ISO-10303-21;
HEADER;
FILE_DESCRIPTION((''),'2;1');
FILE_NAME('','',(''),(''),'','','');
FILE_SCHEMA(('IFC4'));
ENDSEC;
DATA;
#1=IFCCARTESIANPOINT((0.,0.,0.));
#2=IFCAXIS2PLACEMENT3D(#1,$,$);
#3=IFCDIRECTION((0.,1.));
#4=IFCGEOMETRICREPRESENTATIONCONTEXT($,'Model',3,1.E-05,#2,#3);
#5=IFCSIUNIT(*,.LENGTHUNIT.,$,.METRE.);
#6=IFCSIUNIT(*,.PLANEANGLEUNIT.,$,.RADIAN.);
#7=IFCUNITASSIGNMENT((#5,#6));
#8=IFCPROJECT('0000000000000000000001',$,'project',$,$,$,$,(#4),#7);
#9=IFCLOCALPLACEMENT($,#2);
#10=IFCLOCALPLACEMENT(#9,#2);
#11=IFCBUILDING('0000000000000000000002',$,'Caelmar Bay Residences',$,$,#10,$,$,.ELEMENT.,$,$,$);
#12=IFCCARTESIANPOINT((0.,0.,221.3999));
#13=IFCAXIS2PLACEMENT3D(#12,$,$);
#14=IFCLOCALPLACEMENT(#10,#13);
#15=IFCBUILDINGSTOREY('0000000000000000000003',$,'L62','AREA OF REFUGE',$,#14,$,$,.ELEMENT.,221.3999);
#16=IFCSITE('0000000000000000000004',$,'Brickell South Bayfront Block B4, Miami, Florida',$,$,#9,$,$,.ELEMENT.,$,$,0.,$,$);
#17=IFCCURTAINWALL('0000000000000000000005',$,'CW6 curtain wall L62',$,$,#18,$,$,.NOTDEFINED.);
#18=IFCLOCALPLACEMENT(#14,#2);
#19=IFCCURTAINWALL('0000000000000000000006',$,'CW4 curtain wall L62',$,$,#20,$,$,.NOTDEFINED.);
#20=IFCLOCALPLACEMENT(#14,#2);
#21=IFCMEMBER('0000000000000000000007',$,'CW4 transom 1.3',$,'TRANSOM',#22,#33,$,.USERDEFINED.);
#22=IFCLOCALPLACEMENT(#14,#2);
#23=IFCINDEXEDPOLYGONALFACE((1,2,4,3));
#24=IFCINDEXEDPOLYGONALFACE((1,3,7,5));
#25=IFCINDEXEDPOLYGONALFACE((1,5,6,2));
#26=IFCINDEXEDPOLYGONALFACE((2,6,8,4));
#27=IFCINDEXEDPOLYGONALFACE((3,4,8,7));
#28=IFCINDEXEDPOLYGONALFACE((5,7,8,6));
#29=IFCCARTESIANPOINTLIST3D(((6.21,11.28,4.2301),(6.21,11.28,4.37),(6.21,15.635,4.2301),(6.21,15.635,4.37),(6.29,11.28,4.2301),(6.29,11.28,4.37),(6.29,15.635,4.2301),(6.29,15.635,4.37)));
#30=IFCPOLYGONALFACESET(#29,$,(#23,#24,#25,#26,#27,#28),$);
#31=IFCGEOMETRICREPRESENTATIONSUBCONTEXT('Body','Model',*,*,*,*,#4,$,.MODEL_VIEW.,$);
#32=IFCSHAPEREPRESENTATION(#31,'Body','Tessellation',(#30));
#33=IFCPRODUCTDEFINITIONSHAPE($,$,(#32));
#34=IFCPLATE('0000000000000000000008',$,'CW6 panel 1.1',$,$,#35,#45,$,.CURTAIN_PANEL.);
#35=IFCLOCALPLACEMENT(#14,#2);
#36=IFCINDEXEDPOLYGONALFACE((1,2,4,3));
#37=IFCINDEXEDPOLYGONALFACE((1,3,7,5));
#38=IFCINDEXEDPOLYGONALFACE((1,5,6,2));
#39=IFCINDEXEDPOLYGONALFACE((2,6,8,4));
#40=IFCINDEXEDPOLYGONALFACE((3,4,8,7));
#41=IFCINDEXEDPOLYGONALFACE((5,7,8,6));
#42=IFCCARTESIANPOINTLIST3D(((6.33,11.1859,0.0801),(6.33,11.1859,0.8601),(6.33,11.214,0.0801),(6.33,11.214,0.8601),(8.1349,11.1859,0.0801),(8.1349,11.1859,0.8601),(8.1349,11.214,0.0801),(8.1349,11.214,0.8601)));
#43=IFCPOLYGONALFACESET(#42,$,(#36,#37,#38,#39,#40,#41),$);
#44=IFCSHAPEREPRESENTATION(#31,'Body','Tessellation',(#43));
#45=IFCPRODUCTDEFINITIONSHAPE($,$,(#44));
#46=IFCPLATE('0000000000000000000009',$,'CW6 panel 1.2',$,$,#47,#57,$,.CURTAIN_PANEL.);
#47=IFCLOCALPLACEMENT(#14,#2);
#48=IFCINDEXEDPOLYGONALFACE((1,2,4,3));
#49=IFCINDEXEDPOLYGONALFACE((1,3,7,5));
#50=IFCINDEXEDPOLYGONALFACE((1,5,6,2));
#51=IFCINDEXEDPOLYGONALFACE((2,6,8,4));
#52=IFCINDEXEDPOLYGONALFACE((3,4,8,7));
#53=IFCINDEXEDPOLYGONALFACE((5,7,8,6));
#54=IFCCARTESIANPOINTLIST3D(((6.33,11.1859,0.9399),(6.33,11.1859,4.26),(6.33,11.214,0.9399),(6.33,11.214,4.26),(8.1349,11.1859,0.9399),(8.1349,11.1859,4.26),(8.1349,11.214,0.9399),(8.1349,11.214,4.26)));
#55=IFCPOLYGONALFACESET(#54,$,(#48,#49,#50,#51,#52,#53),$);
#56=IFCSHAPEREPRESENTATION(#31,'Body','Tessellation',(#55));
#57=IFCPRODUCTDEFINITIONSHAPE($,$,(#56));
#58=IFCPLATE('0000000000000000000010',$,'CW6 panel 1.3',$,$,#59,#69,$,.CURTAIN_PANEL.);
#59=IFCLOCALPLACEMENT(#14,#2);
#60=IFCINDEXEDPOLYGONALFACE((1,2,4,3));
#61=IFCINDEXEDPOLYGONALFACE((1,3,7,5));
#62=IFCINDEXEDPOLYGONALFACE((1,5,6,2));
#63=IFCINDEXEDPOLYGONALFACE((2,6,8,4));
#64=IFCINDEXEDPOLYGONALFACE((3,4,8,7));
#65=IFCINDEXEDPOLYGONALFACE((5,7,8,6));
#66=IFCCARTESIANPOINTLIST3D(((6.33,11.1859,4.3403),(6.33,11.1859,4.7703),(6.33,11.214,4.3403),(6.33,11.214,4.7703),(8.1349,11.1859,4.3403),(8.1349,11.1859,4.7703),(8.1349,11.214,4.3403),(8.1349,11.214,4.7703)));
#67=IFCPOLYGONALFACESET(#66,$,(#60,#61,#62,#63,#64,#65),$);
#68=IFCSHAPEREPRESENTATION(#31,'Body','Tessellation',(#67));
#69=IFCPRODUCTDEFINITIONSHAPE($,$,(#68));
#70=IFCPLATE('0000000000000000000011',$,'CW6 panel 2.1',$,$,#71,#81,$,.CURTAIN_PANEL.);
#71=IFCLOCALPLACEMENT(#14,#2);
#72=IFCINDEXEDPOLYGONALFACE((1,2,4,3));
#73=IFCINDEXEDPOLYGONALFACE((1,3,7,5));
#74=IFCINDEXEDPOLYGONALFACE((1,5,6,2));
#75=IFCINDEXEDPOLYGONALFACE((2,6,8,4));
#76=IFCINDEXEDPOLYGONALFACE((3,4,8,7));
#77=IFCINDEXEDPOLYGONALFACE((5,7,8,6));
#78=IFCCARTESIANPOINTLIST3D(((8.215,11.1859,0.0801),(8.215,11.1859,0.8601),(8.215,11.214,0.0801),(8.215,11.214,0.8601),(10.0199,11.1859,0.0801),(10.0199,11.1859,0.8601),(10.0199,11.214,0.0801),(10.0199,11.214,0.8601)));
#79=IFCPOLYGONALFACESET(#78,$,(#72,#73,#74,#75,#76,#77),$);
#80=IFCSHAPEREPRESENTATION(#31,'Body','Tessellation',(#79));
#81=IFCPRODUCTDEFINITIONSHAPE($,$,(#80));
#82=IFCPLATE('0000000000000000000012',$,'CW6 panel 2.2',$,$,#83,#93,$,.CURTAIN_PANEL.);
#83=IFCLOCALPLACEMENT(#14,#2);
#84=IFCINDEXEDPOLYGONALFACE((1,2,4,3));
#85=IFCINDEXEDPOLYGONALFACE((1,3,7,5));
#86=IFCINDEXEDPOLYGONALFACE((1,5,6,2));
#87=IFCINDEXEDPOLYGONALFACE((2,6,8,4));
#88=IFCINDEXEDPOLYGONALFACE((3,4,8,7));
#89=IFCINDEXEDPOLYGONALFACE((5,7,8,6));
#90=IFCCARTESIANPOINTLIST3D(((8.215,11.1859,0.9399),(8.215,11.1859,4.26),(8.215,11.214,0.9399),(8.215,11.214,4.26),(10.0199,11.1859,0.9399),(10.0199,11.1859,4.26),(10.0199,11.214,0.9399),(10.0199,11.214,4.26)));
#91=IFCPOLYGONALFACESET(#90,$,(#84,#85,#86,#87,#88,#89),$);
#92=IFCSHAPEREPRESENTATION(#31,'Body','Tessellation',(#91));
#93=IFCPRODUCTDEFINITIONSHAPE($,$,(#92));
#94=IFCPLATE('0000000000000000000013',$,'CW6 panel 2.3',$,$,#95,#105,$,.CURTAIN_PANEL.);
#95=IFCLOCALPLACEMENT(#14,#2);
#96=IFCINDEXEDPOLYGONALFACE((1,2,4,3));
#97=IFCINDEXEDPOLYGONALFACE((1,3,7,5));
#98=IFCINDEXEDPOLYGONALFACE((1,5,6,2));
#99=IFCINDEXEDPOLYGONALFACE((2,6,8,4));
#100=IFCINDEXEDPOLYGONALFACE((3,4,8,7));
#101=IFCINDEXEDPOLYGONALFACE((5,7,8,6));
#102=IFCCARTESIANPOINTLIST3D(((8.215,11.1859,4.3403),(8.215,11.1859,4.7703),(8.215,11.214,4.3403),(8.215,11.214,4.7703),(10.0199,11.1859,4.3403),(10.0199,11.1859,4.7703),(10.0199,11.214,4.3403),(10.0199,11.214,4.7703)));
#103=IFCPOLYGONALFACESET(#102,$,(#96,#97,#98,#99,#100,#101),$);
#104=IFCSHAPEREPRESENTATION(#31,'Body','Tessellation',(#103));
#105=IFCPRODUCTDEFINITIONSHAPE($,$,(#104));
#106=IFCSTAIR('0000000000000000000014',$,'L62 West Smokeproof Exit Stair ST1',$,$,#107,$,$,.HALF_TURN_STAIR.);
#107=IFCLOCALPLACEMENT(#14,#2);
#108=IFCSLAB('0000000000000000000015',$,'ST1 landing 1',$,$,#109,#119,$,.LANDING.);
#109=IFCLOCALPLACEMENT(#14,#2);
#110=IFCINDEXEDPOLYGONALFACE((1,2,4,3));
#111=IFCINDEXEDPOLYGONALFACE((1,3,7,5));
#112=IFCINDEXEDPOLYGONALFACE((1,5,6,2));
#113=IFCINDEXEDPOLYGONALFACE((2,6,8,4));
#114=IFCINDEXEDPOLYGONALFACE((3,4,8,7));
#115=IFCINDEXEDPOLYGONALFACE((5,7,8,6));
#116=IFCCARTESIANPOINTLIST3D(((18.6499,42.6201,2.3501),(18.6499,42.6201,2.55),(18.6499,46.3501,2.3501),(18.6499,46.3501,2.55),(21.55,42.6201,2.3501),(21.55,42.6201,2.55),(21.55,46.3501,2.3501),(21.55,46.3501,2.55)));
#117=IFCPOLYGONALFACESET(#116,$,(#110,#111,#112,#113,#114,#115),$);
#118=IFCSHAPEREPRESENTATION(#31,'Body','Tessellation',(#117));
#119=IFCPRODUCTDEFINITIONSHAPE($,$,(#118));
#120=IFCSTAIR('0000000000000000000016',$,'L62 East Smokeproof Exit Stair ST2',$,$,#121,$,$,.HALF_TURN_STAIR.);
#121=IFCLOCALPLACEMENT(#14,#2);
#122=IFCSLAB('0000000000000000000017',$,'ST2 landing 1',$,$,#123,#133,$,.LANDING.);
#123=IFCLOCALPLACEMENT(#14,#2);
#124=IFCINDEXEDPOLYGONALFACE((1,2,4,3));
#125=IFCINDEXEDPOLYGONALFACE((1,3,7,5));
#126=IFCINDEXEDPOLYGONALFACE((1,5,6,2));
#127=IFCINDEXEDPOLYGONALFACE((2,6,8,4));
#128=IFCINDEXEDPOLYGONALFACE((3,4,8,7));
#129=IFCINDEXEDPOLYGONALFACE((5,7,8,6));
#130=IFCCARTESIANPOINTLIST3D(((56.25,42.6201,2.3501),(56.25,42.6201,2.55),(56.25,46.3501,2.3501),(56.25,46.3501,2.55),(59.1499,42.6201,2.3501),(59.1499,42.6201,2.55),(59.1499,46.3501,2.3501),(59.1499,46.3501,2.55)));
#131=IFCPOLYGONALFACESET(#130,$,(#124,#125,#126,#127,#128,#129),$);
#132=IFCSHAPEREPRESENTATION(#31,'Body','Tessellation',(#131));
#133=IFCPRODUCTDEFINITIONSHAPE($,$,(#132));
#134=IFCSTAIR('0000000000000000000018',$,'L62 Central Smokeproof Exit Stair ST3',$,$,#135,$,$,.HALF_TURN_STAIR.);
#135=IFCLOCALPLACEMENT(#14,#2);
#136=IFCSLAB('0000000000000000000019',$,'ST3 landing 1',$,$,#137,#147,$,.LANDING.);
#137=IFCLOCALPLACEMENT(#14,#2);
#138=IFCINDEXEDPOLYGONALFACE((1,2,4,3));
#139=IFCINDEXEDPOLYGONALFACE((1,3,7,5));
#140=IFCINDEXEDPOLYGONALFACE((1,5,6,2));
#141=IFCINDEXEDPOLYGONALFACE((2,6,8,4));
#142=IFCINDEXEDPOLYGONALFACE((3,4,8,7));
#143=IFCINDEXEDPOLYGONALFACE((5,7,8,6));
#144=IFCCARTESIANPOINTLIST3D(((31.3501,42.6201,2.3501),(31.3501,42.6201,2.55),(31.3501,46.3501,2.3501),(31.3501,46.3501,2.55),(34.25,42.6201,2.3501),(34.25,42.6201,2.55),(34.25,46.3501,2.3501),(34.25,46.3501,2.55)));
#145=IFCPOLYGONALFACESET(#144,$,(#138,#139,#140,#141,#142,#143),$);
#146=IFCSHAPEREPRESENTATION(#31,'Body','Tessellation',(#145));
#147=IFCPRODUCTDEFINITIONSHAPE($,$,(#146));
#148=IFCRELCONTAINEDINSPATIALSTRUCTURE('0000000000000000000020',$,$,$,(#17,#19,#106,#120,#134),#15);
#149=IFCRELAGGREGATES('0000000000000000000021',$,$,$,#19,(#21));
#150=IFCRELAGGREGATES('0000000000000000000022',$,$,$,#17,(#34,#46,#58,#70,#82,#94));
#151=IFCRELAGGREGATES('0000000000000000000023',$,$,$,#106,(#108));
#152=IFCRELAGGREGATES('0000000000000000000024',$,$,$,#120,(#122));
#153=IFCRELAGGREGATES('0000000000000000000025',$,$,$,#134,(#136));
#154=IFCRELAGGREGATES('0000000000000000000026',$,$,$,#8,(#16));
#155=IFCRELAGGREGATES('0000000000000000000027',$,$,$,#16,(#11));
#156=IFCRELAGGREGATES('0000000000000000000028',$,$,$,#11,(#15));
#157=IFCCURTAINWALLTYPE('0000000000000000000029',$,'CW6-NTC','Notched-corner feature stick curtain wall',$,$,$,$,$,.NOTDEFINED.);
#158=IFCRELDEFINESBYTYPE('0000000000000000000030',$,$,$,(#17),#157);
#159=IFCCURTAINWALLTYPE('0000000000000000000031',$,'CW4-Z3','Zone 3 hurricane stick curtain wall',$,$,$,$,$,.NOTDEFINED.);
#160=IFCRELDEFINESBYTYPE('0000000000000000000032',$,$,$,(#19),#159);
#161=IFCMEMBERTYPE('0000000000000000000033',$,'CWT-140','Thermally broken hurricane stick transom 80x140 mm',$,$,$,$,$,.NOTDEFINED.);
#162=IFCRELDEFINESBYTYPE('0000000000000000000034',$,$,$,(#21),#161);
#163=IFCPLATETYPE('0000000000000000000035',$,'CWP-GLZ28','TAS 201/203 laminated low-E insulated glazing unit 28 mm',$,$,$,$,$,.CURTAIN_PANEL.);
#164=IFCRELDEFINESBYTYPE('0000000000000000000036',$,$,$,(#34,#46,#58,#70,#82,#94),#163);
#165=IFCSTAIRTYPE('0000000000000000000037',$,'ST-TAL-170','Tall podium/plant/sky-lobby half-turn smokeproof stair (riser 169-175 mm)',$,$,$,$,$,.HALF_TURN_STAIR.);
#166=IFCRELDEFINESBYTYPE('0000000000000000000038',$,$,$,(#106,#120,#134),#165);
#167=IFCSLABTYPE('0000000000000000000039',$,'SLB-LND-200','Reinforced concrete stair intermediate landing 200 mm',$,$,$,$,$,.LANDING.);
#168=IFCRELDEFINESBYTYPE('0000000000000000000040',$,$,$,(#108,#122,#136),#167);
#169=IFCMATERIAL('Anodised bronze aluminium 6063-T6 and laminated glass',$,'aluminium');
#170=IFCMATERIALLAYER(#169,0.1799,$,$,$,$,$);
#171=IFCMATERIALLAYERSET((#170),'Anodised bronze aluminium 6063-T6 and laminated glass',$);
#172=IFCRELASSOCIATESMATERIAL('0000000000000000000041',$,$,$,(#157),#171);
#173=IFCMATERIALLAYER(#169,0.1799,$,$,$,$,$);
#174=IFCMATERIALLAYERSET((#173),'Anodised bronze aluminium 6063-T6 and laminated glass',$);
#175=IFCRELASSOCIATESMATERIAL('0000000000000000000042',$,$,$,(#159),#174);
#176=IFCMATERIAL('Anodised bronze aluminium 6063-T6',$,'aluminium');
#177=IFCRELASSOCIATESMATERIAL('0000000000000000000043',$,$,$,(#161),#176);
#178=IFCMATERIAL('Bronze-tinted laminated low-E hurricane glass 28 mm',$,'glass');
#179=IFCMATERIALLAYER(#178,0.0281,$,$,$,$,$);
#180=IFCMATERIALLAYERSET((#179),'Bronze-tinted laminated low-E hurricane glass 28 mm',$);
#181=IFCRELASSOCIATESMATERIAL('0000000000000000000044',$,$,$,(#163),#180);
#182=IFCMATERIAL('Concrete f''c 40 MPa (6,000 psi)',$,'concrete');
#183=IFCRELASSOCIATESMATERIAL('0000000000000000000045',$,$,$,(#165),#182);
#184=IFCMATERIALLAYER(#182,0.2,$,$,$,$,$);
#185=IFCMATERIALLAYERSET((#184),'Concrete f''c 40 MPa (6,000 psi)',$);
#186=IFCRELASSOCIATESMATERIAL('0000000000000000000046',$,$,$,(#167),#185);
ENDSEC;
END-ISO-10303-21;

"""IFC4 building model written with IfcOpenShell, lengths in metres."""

from ifc_helpers import new_model, si_unit, direction, frame, origin, origin_2d, place, context, subcontext, project, spatial, polyline, rectangle, outline, extrude, material, layer, layer_set, material_profile, profile_set, type_object, element, aggregate, save


model = new_model("IFC4")

# Units and contexts
model_context = context("Model", 3, precision=1e-05, world=origin(), true_north=direction((0.0, 1.0)))
body_context = subcontext(model_context, "Body", "Model", "MODEL_VIEW")
ifc_project = project(units=[si_unit("LENGTHUNIT", "METRE"), si_unit("PLANEANGLEUNIT", "RADIAN")], contexts=[model_context])

# Site, building, storey
site_placement = place(None, origin())
site = spatial("IfcSite", under=ifc_project, at=site_placement, Name="Brickell South Bayfront Block B4, Miami, Florida", CompositionType="ELEMENT", RefElevation=0.0)
building_placement = place(site_placement, origin())
building = spatial("IfcBuilding", under=site, at=building_placement, Name="Caelmar Bay Residences", CompositionType="ELEMENT")
storey_placement = place(building_placement, frame((0.0, 0.0, 221.3999)))
storey = spatial("IfcBuildingStorey", under=building, at=storey_placement, Name="L62", Description="AREA OF REFUGE", CompositionType="ELEMENT", Elevation=221.3999)

# Curtain wall
ifc_material_1 = material(Name="Anodised bronze aluminium 6063-T6 and laminated glass", Category="aluminium")
ifc_layer_1 = layer(ifc_material_1, 0.1799)
ifc_layer_set_1 = layer_set([ifc_layer_1], Name="Anodised bronze aluminium 6063-T6 and laminated glass")
curtain_wall_type_1 = type_object("IfcCurtainWallType", Name="CW6-NTC", Description="Notched-corner feature stick curtain wall", PredefinedType="NOTDEFINED", material=ifc_layer_set_1)
curtain_wall_1_placement = place(storey_placement, origin())
curtain_wall_1 = element("IfcCurtainWall", 1, at=curtain_wall_1_placement, inside=storey, type_object=curtain_wall_type_1, Name="CW6 curtain wall L62", PredefinedType="NOTDEFINED")
ifc_material_2 = material(Name="Anodised bronze aluminium 6063-T6", Category="aluminium")

# Curtain wall
ifc_layer_2 = layer(ifc_material_1, 0.1799)
ifc_layer_set_2 = layer_set([ifc_layer_2], Name="Anodised bronze aluminium 6063-T6 and laminated glass")
curtain_wall_type_2 = type_object("IfcCurtainWallType", Name="CW4-Z3", Description="Zone 3 hurricane stick curtain wall", PredefinedType="NOTDEFINED", material=ifc_layer_set_2)
curtain_wall_2_placement = place(storey_placement, origin())
curtain_wall_2 = element("IfcCurtainWall", 2, at=curtain_wall_2_placement, inside=storey, type_object=curtain_wall_type_2, Name="CW4 curtain wall L62", PredefinedType="NOTDEFINED")

# Member
ifc_material_profile_1 = material_profile(ifc_material_2, rectangle(XDim=0.0801, YDim=0.1399, at=origin_2d()), Name="CWT-80X140")
ifc_profile_set_1 = profile_set([ifc_material_profile_1], Name="Anodised bronze aluminium 6063-T6")
member_type_1 = type_object("IfcMemberType", Name="CWT-140", Description="Thermally broken hurricane stick transom 80x140 mm", PredefinedType="NOTDEFINED", material=ifc_profile_set_1)
member_1_placement = place(storey_placement, frame((6.25, 11.28, 4.3), z_axis=(0.0, 1.0, 0.0), x_axis=(-1.0, 0.0, 0.0)))
member_1 = element("IfcMember", 3, at=member_1_placement, type_object=member_type_1, Name="CW4 transom 1.3", ObjectType="TRANSOM", PredefinedType="USERDEFINED", context=body_context, shape_type="SweptSolid", body=[
    extrude(rectangle(XDim=0.0801, YDim=0.1399, at=origin_2d()), origin(), (0.0, 0.0, 1.0), 4.355),
])
aggregate(curtain_wall_2, [member_1])

# Plates
ifc_material_3 = material(Name="Bronze-tinted laminated low-E hurricane glass 28 mm", Category="glass")
ifc_layer_3 = layer(ifc_material_3, 0.0281)
ifc_layer_set_3 = layer_set([ifc_layer_3], Name="Bronze-tinted laminated low-E hurricane glass 28 mm")
plate_type = type_object("IfcPlateType", Name="CWP-GLZ28", Description="TAS 201/203 laminated low-E insulated glazing unit 28 mm", PredefinedType="CURTAIN_PANEL", material=ifc_layer_set_3)
plate_1_placement = place(storey_placement, frame((7.2324, 11.2, 0.0801), z_axis=(0.0, 0.0, 1.0), x_axis=(1.0, 0.0, 0.0)))
plate_1 = element("IfcPlate", 4, at=plate_1_placement, type_object=plate_type, Name="CW6 panel 1.1", PredefinedType="CURTAIN_PANEL", context=body_context, shape_type="SweptSolid", body=[
    extrude(rectangle(XDim=1.8049, YDim=0.0281, at=origin_2d()), origin(), (0.0, 0.0, 1.0), 0.78),
])
plate_2_placement = place(storey_placement, frame((7.2324, 11.2, 0.9399), z_axis=(0.0, 0.0, 1.0), x_axis=(1.0, 0.0, 0.0)))
plate_2 = element("IfcPlate", 5, at=plate_2_placement, type_object=plate_type, Name="CW6 panel 1.2", PredefinedType="CURTAIN_PANEL", context=body_context, shape_type="SweptSolid", body=[
    extrude(rectangle(XDim=1.8049, YDim=0.0281, at=origin_2d()), origin(), (0.0, 0.0, 1.0), 3.3201),
])
plate_3_placement = place(storey_placement, frame((7.2324, 11.2, 4.3403), z_axis=(0.0, 0.0, 1.0), x_axis=(1.0, 0.0, 0.0)))
plate_3 = element("IfcPlate", 6, at=plate_3_placement, type_object=plate_type, Name="CW6 panel 1.3", PredefinedType="CURTAIN_PANEL", context=body_context, shape_type="SweptSolid", body=[
    extrude(rectangle(XDim=1.8049, YDim=0.0281, at=origin_2d()), origin(), (0.0, 0.0, 1.0), 0.4299),
])
plate_4_placement = place(storey_placement, frame((9.1174, 11.2, 0.0801), z_axis=(0.0, 0.0, 1.0), x_axis=(1.0, 0.0, 0.0)))
plate_4 = element("IfcPlate", 7, at=plate_4_placement, type_object=plate_type, Name="CW6 panel 2.1", PredefinedType="CURTAIN_PANEL", context=body_context, shape_type="SweptSolid", body=[
    extrude(rectangle(XDim=1.8049, YDim=0.0281, at=origin_2d()), origin(), (0.0, 0.0, 1.0), 0.78),
])
plate_5_placement = place(storey_placement, frame((9.1174, 11.2, 0.9399), z_axis=(0.0, 0.0, 1.0), x_axis=(1.0, 0.0, 0.0)))
plate_5 = element("IfcPlate", 8, at=plate_5_placement, type_object=plate_type, Name="CW6 panel 2.2", PredefinedType="CURTAIN_PANEL", context=body_context, shape_type="SweptSolid", body=[
    extrude(rectangle(XDim=1.8049, YDim=0.0281, at=origin_2d()), origin(), (0.0, 0.0, 1.0), 3.3201),
])
plate_6_placement = place(storey_placement, frame((9.1174, 11.2, 4.3403), z_axis=(0.0, 0.0, 1.0), x_axis=(1.0, 0.0, 0.0)))
plate_6 = element("IfcPlate", 9, at=plate_6_placement, type_object=plate_type, Name="CW6 panel 2.3", PredefinedType="CURTAIN_PANEL", context=body_context, shape_type="SweptSolid", body=[
    extrude(rectangle(XDim=1.8049, YDim=0.0281, at=origin_2d()), origin(), (0.0, 0.0, 1.0), 0.4299),
])
aggregate(curtain_wall_1, [plate_1, plate_2, plate_3, plate_4, plate_5, plate_6])

# Stairs, slabs
ifc_material_4 = material(Name="Concrete f'c 40 MPa (6,000 psi)", Category="concrete")
stair_type = type_object("IfcStairType", Name="ST-TAL-170", Description="Tall podium/plant/sky-lobby half-turn smokeproof stair (riser 169-175 mm)", PredefinedType="HALF_TURN_STAIR", material=ifc_material_4)
stair_1_placement = place(storey_placement, origin())
stair_1 = element("IfcStair", 10, at=stair_1_placement, inside=storey, type_object=stair_type, Name="L62 West Smokeproof Exit Stair ST1", PredefinedType="HALF_TURN_STAIR")
ifc_layer_4 = layer(ifc_material_4, 0.2)
ifc_layer_set_4 = layer_set([ifc_layer_4], Name="Concrete f'c 40 MPa (6,000 psi)")
slab_type_1 = type_object("IfcSlabType", Name="SLB-LND-200", Description="Reinforced concrete stair intermediate landing 200 mm", PredefinedType="LANDING", material=ifc_layer_set_4)
slab_1_placement = place(storey_placement, frame((0.0, 0.0, 2.3501)))
slab_1 = element("IfcSlab", 11, at=slab_1_placement, type_object=slab_type_1, Name="ST1 landing 1", PredefinedType="LANDING", context=body_context, shape_type="SweptSolid", body=[
    extrude(outline(polyline([(21.55, 42.6201), (21.55, 46.3501), (18.6499, 46.3501), (18.6499, 42.6201), (21.55, 42.6201)])), origin(), (0.0, 0.0, 1.0), 0.2),
])
aggregate(stair_1, [slab_1])
stair_2_placement = place(storey_placement, origin())
stair_2 = element("IfcStair", 12, at=stair_2_placement, inside=storey, type_object=stair_type, Name="L62 East Smokeproof Exit Stair ST2", PredefinedType="HALF_TURN_STAIR")
slab_2_placement = place(storey_placement, frame((0.0, 0.0, 2.3501)))
slab_2 = element("IfcSlab", 13, at=slab_2_placement, type_object=slab_type_1, Name="ST2 landing 1", PredefinedType="LANDING", context=body_context, shape_type="SweptSolid", body=[
    extrude(outline(polyline([(59.1499, 42.6201), (59.1499, 46.3501), (56.25, 46.3501), (56.25, 42.6201), (59.1499, 42.6201)])), origin(), (0.0, 0.0, 1.0), 0.2),
])
aggregate(stair_2, [slab_2])
stair_3_placement = place(storey_placement, origin())
stair_3 = element("IfcStair", 14, at=stair_3_placement, inside=storey, type_object=stair_type, Name="L62 Central Smokeproof Exit Stair ST3", PredefinedType="HALF_TURN_STAIR")
slab_3_placement = place(storey_placement, frame((0.0, 0.0, 2.3501)))
slab_3 = element("IfcSlab", 15, at=slab_3_placement, type_object=slab_type_1, Name="ST3 landing 1", PredefinedType="LANDING", context=body_context, shape_type="SweptSolid", body=[
    extrude(outline(polyline([(34.25, 42.6201), (34.25, 46.3501), (31.3501, 46.3501), (31.3501, 42.6201), (34.25, 42.6201)])), origin(), (0.0, 0.0, 1.0), 0.2),
])
aggregate(stair_3, [slab_3])

save(model, "model.ifc")
